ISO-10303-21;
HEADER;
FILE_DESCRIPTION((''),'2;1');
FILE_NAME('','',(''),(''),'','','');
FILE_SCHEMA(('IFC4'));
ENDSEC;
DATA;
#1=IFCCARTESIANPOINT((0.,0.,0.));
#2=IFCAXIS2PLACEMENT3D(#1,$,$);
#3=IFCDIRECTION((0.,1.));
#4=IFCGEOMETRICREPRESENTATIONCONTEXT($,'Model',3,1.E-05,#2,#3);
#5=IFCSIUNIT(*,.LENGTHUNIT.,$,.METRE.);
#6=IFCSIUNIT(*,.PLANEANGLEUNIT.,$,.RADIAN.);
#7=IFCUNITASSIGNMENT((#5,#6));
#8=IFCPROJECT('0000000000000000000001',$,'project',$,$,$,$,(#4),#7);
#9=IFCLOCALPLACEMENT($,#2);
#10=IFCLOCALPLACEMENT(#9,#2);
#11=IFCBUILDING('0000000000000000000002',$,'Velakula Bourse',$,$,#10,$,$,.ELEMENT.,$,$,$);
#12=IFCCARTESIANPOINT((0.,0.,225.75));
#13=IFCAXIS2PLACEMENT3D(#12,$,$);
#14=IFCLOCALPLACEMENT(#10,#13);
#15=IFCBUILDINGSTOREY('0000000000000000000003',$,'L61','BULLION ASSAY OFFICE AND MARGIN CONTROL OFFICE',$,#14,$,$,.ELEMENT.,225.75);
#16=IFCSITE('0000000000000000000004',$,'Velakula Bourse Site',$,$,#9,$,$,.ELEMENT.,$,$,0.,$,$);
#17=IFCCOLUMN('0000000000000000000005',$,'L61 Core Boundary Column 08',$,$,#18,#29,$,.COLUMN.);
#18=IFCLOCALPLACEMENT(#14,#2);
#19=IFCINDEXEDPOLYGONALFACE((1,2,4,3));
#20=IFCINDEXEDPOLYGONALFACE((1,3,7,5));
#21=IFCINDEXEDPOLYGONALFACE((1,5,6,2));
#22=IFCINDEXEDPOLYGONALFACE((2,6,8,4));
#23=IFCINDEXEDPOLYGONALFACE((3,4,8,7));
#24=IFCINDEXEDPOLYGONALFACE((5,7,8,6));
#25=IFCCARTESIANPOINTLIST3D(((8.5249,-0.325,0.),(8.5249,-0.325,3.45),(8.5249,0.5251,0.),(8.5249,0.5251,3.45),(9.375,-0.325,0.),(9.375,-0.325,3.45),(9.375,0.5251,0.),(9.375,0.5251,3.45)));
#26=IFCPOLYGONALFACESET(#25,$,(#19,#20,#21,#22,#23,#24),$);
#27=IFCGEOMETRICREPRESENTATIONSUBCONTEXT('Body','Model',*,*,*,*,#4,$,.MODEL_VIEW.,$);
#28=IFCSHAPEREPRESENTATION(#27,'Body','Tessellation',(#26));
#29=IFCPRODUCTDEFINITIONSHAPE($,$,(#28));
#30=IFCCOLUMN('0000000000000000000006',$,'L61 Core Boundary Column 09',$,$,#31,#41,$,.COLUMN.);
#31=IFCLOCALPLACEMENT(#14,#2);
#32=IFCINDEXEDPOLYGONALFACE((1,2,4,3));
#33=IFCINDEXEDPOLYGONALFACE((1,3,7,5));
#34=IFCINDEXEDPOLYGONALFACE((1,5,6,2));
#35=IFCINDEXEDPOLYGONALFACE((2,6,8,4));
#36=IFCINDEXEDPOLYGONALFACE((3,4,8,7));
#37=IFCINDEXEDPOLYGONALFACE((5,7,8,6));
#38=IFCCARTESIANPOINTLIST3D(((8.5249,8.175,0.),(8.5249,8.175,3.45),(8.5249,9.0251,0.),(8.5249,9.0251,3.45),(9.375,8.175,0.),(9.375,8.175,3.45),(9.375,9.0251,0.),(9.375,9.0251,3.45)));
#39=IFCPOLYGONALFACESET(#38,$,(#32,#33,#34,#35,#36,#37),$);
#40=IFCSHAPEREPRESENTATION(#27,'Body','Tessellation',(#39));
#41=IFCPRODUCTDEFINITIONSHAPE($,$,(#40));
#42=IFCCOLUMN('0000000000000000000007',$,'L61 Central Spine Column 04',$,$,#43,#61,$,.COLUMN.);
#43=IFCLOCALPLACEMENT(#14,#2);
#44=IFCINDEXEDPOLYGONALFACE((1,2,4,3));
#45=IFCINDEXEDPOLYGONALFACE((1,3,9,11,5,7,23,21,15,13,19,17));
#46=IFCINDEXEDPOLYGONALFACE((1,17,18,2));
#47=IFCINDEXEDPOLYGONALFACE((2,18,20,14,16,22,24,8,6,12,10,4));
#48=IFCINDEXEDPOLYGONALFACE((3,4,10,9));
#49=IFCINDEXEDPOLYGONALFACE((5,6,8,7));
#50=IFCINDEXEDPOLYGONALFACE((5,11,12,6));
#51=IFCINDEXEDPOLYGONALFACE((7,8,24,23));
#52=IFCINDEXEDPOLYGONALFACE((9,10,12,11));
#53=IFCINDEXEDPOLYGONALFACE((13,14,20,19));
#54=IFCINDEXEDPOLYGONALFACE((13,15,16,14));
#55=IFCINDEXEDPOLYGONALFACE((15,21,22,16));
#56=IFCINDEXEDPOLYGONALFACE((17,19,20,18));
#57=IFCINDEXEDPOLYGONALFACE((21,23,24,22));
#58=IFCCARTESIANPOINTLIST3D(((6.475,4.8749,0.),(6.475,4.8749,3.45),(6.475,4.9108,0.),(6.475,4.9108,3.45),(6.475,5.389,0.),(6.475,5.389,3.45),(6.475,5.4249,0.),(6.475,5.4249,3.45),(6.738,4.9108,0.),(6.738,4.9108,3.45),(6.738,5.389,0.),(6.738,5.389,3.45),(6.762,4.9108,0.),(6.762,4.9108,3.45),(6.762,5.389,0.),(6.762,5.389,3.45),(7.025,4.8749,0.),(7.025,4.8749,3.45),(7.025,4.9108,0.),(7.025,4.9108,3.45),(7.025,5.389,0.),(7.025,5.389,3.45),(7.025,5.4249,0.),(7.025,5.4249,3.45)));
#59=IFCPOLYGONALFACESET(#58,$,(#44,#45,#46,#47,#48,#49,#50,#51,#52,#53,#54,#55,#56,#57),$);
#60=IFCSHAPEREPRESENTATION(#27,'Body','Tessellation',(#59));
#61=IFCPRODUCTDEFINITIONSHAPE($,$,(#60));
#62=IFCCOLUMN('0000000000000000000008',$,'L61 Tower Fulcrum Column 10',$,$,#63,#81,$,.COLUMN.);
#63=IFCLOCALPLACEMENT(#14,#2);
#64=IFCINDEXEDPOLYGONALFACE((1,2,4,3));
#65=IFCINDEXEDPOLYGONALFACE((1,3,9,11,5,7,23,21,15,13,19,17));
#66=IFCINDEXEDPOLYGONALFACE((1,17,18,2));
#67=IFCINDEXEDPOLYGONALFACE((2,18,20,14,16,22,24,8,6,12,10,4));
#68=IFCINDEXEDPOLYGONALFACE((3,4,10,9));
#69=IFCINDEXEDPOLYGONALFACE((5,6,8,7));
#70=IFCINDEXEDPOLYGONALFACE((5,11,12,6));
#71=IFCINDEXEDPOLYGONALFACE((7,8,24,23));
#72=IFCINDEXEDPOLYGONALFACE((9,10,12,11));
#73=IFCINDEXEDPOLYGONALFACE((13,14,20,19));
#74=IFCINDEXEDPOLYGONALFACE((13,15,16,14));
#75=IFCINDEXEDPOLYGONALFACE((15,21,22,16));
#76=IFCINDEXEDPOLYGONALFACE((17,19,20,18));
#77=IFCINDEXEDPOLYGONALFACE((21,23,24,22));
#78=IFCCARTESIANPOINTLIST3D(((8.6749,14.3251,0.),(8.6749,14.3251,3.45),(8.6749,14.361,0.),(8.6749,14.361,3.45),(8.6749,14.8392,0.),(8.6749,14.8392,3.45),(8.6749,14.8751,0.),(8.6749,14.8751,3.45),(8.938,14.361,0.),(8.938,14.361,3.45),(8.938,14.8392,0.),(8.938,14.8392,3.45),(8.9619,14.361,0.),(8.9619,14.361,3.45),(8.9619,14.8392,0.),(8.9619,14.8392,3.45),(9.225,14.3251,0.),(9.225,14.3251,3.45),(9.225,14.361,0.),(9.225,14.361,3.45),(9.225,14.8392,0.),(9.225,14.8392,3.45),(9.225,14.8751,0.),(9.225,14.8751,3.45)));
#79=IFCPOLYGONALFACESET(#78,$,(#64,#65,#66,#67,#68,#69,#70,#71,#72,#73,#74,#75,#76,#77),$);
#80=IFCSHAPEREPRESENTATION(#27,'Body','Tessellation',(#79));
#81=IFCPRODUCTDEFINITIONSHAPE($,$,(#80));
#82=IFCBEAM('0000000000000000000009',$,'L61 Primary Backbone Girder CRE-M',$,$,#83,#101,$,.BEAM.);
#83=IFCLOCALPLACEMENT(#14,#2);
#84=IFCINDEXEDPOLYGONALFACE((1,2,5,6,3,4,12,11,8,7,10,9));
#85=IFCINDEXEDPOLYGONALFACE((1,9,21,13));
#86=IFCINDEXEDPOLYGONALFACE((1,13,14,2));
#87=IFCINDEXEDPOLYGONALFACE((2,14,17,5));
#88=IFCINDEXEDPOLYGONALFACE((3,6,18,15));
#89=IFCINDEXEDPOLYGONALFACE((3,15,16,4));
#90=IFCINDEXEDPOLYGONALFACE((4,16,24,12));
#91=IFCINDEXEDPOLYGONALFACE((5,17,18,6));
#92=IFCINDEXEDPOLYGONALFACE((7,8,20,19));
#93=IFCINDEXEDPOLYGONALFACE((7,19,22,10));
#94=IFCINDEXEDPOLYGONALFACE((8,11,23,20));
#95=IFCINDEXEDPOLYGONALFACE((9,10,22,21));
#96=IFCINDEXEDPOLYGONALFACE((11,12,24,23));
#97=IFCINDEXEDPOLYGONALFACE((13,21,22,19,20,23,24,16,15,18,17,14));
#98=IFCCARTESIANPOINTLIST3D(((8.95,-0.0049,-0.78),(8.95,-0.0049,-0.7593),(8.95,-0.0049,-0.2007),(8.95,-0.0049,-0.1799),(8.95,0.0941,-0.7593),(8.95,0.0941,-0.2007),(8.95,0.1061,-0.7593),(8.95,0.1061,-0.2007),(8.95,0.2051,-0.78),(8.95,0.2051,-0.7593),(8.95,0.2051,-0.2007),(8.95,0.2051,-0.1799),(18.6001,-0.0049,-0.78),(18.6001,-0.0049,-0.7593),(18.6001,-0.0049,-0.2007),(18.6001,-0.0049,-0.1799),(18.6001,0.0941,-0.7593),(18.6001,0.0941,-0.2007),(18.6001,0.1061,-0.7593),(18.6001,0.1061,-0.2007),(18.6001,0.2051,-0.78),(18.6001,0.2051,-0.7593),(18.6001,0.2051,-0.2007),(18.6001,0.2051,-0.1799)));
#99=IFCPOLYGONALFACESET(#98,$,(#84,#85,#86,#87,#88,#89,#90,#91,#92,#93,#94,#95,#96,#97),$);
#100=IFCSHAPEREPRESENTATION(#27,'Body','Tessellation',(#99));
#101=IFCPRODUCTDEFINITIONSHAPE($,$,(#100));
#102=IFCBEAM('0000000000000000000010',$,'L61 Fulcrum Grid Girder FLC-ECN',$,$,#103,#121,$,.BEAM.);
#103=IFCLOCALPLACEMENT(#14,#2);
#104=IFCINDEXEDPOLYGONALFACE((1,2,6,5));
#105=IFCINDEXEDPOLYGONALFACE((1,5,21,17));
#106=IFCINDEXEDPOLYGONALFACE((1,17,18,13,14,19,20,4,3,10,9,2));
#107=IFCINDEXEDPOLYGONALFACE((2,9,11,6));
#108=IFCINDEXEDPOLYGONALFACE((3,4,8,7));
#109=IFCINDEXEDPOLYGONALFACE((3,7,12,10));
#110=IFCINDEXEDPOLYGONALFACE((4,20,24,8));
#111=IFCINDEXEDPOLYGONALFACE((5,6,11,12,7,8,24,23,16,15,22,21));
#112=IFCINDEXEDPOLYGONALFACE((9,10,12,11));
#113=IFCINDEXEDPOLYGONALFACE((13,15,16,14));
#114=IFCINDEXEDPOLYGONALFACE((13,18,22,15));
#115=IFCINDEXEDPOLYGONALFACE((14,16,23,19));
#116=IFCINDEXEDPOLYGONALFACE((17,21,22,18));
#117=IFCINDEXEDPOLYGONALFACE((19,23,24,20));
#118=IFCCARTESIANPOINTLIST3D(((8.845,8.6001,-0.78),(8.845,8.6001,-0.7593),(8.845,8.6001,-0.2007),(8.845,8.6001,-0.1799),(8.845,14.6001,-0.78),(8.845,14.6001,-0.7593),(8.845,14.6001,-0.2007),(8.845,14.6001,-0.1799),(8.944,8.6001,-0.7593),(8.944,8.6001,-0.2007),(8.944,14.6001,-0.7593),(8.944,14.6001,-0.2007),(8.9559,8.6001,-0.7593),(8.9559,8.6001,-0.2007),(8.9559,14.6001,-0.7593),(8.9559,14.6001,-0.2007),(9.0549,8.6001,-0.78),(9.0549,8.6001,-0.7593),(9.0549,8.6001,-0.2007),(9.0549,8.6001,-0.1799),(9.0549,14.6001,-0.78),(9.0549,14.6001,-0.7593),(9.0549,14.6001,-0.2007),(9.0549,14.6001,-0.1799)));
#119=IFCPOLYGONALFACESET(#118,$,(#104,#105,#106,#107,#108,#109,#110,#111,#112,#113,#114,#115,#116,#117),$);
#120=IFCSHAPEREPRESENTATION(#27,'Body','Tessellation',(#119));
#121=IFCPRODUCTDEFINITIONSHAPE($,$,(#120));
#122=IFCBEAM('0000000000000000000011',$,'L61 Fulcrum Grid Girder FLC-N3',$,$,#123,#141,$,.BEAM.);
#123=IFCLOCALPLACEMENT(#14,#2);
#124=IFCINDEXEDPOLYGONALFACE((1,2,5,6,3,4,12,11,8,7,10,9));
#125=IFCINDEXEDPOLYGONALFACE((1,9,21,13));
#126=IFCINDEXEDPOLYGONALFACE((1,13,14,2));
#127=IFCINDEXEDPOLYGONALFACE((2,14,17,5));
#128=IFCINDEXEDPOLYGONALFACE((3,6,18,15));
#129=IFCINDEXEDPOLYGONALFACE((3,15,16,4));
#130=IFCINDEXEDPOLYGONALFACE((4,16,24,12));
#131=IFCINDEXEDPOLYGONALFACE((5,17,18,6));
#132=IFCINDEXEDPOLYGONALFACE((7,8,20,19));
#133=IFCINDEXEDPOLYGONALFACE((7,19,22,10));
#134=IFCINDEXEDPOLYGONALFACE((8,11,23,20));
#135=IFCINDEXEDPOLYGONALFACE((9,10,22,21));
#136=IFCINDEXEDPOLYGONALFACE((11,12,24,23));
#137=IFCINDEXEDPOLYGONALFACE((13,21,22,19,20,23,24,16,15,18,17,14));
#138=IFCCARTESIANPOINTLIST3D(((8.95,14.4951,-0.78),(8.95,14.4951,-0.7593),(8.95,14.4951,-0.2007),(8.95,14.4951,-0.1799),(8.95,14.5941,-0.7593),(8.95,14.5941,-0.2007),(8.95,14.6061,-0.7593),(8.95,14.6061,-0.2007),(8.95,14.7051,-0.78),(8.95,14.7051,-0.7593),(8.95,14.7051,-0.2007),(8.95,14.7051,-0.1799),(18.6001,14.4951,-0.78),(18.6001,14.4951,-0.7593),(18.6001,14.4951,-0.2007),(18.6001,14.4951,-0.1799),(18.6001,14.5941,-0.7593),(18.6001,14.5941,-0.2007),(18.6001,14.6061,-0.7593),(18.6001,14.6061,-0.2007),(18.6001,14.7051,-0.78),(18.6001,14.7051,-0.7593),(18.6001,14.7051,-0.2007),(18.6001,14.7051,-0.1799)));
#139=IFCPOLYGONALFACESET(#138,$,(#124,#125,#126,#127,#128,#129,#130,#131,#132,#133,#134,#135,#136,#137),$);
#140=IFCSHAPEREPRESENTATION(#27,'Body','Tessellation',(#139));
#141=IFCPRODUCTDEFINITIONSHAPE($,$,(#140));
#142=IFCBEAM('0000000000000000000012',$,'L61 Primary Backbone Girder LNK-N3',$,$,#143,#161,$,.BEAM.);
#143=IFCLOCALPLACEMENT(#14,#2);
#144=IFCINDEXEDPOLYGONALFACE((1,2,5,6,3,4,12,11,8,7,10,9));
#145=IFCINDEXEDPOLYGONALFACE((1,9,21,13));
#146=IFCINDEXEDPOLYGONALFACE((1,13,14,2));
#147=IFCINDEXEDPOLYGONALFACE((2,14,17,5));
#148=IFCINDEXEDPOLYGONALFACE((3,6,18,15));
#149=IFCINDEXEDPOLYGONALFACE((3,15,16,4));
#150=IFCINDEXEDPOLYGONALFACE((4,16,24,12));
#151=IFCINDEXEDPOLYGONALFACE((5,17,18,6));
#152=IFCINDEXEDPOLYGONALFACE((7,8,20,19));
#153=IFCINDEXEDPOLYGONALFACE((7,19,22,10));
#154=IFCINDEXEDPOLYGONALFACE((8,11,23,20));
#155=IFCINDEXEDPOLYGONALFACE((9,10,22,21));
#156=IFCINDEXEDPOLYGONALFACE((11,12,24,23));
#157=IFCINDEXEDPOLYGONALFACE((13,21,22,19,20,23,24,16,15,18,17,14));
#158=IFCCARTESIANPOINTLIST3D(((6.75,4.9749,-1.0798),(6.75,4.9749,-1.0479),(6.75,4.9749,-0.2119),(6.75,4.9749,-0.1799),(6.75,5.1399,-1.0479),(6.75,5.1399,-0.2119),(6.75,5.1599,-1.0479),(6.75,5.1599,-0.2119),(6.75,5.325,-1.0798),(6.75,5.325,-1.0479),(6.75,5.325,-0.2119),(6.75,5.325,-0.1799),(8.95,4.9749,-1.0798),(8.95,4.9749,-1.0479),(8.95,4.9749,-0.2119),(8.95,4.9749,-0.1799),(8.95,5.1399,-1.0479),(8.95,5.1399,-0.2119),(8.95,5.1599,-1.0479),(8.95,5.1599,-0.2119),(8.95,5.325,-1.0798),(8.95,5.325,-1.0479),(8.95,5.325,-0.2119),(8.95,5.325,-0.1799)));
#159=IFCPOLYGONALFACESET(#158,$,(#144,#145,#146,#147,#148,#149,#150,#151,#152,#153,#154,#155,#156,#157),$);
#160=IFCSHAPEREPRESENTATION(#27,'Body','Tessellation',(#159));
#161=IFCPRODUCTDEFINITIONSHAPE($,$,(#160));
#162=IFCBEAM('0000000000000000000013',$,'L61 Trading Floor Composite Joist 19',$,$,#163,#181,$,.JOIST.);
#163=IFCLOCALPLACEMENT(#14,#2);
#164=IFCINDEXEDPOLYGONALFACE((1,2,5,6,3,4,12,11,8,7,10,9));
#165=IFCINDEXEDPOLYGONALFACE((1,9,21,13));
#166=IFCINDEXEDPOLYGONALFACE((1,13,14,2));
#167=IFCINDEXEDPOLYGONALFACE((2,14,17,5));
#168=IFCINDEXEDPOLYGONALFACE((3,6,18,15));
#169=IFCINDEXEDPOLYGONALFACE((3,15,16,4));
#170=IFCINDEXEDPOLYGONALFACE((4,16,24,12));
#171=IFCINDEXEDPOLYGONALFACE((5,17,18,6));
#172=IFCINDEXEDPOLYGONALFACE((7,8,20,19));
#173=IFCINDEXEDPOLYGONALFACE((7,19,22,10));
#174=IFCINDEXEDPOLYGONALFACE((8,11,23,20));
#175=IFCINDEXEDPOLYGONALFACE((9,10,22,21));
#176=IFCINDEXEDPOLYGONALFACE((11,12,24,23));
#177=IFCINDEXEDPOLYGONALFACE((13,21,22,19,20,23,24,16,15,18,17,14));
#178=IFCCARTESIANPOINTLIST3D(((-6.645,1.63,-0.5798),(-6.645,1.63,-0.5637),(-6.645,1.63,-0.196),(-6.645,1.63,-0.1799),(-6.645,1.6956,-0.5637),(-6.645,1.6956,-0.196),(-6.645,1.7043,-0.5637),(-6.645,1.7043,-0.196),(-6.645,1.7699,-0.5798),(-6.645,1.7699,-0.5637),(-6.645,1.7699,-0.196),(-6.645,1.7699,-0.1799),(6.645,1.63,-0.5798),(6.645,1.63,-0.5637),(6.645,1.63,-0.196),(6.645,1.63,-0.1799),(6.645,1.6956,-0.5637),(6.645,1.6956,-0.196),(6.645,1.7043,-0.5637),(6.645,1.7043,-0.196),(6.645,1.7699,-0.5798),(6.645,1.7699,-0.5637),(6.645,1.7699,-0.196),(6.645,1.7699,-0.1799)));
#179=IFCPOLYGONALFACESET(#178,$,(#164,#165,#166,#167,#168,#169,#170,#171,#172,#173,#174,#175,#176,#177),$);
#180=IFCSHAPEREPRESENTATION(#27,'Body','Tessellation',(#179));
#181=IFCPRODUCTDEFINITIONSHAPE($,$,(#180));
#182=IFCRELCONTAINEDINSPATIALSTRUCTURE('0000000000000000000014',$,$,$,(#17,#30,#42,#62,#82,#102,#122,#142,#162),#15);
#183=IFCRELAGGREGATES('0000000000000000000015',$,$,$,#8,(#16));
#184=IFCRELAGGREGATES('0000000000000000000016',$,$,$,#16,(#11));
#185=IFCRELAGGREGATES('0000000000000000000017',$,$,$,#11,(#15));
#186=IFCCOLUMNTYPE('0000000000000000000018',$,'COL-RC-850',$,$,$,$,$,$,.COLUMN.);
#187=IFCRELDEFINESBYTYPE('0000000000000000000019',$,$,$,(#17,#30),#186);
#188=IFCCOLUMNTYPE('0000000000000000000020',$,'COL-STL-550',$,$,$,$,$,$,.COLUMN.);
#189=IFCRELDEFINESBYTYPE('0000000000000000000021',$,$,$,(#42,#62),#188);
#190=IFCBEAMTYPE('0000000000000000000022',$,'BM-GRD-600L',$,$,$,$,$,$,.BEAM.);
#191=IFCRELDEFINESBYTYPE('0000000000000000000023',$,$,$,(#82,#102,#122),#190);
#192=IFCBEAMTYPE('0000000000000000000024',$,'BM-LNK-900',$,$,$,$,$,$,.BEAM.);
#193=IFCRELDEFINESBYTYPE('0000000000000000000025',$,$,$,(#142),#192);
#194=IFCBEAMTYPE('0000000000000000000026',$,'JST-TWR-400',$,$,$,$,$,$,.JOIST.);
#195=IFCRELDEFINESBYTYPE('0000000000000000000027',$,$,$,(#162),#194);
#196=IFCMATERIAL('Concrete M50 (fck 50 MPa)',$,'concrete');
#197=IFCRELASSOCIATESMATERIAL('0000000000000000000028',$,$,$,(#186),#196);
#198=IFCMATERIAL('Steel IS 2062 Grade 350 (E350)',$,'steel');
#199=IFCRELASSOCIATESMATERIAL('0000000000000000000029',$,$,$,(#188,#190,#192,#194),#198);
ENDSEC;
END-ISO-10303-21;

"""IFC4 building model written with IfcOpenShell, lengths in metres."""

from ifc_helpers import new_model, si_unit, direction, frame, origin, origin_2d, place, context, subcontext, project, spatial, rectangle, i_section, extrude, material, material_profile, profile_set, type_object, element, save


model = new_model("IFC4")

# Units and contexts
model_context = context("Model", 3, precision=1e-05, world=origin(), true_north=direction((0.0, 1.0)))
body_context = subcontext(model_context, "Body", "Model", "MODEL_VIEW")
ifc_project = project(units=[si_unit("LENGTHUNIT", "METRE"), si_unit("PLANEANGLEUNIT", "RADIAN")], contexts=[model_context])

# Site, building, storey
site_placement = place(None, origin())
site = spatial("IfcSite", under=ifc_project, at=site_placement, Name="Velakula Bourse Site", CompositionType="ELEMENT", RefElevation=0.0)
building_placement = place(site_placement, origin())
building = spatial("IfcBuilding", under=site, at=building_placement, Name="Velakula Bourse", CompositionType="ELEMENT")
storey_placement = place(building_placement, frame((0.0, 0.0, 225.75)))
storey = spatial("IfcBuildingStorey", under=building, at=storey_placement, Name="L61", Description="BULLION ASSAY OFFICE AND MARGIN CONTROL OFFICE", CompositionType="ELEMENT", Elevation=225.75)

# Columns
ifc_material_1 = material(Name="Concrete M50 (fck 50 MPa)", Category="concrete")
ifc_material_profile_1 = material_profile(ifc_material_1, rectangle(XDim=0.8501, YDim=0.8501, at=origin_2d()), Name="Concrete M50 (fck 50 MPa)")
ifc_profile_set_1 = profile_set([ifc_material_profile_1], Name="Concrete M50 (fck 50 MPa)")
column_type_1 = type_object("IfcColumnType", Name="COL-RC-850", PredefinedType="COLUMN", material=ifc_profile_set_1)
for number, where, z_axis, x_axis, name in (
    (1, (8.95, 0.1001, 0.0), (0.0, 0.0, 1.0), (1.0, 0.0, 0.0), "L61 Core Boundary Column 08"),
    (2, (8.95, 8.6001, 0.0), (0.0, 0.0, 1.0), (1.0, 0.0, 0.0), "L61 Core Boundary Column 09"),
):
    element("IfcColumn", number, at=place(storey_placement, frame(where, z_axis=z_axis, x_axis=x_axis)), inside=storey, type_object=column_type_1, Name=name, PredefinedType="COLUMN", context=body_context, shape_type="SweptSolid", body=[
        extrude(rectangle(XDim=0.8501, YDim=0.8501, at=origin_2d()), origin(), (0.0, 0.0, 1.0), 3.45),
    ])
ifc_material_2 = material(Name="Steel IS 2062 Grade 350 (E350)", Category="steel")
ifc_material_profile_2 = material_profile(ifc_material_2, i_section(OverallWidth=0.55, OverallDepth=0.55, WebThickness=0.0239, FlangeThickness=0.0359, at=origin_2d()), Name="Steel IS 2062 Grade 350 (E350)")
ifc_profile_set_2 = profile_set([ifc_material_profile_2], Name="Steel IS 2062 Grade 350 (E350)")
column_type_2 = type_object("IfcColumnType", Name="COL-STL-550", PredefinedType="COLUMN", material=ifc_profile_set_2)
for number, where, z_axis, x_axis, name in (
    (3, (6.75, 5.1499, 0.0), (0.0, 0.0, 1.0), (1.0, 0.0, 0.0), "L61 Central Spine Column 04"),
    (4, (8.95, 14.6001, 0.0), (0.0, 0.0, 1.0), (1.0, 0.0, 0.0), "L61 Tower Fulcrum Column 10"),
):
    element("IfcColumn", number, at=place(storey_placement, frame(where, z_axis=z_axis, x_axis=x_axis)), inside=storey, type_object=column_type_2, Name=name, PredefinedType="COLUMN", context=body_context, shape_type="SweptSolid", body=[
        extrude(i_section(OverallWidth=0.55, OverallDepth=0.55, WebThickness=0.0239, FlangeThickness=0.0359, at=origin_2d()), origin(), (0.0, 0.0, 1.0), 3.45),
    ])

# Beams
ifc_material_profile_3 = material_profile(ifc_material_2, i_section(OverallWidth=0.21, OverallDepth=0.6001, WebThickness=0.012, FlangeThickness=0.0208, at=origin_2d()), Name="Steel IS 2062 Grade 350 (E350)")
ifc_profile_set_3 = profile_set([ifc_material_profile_3], Name="Steel IS 2062 Grade 350 (E350)")
beam_type_1 = type_object("IfcBeamType", Name="BM-GRD-600L", PredefinedType="BEAM", material=ifc_profile_set_3)
beam_1_placement = place(storey_placement, frame((8.95, 0.1001, -0.48), z_axis=(1.0, 0.0, 0.0), x_axis=(0.0, 1.0, 0.0)))
element("IfcBeam", 5, at=beam_1_placement, inside=storey, type_object=beam_type_1, Name="L61 Primary Backbone Girder CRE-M", PredefinedType="BEAM", context=body_context, shape_type="SweptSolid", body=[
    extrude(i_section(OverallWidth=0.21, OverallDepth=0.6001, WebThickness=0.012, FlangeThickness=0.0208, at=origin_2d()), origin(), (0.0, 0.0, 1.0), 9.6501),
])
beam_2_placement = place(storey_placement, frame((8.95, 8.6001, -0.48), z_axis=(0.0, 1.0, 0.0), x_axis=(-1.0, 0.0, 0.0)))
element("IfcBeam", 6, at=beam_2_placement, inside=storey, type_object=beam_type_1, Name="L61 Fulcrum Grid Girder FLC-ECN", PredefinedType="BEAM", context=body_context, shape_type="SweptSolid", body=[
    extrude(i_section(OverallWidth=0.21, OverallDepth=0.6001, WebThickness=0.012, FlangeThickness=0.0208, at=origin_2d()), origin(), (0.0, 0.0, 1.0), 6.0),
])
beam_3_placement = place(storey_placement, frame((8.95, 14.6001, -0.48), z_axis=(1.0, 0.0, 0.0), x_axis=(0.0, 1.0, 0.0)))
element("IfcBeam", 7, at=beam_3_placement, inside=storey, type_object=beam_type_1, Name="L61 Fulcrum Grid Girder FLC-N3", PredefinedType="BEAM", context=body_context, shape_type="SweptSolid", body=[
    extrude(i_section(OverallWidth=0.21, OverallDepth=0.6001, WebThickness=0.012, FlangeThickness=0.0208, at=origin_2d()), origin(), (0.0, 0.0, 1.0), 9.6501),
])
ifc_material_profile_4 = material_profile(ifc_material_2, i_section(OverallWidth=0.3501, OverallDepth=0.8999, WebThickness=0.02, FlangeThickness=0.032, at=origin_2d()), Name="Steel IS 2062 Grade 350 (E350)")
ifc_profile_set_4 = profile_set([ifc_material_profile_4], Name="Steel IS 2062 Grade 350 (E350)")
beam_type_2 = type_object("IfcBeamType", Name="BM-LNK-900", PredefinedType="BEAM", material=ifc_profile_set_4)
beam_4_placement = place(storey_placement, frame((6.75, 5.1499, -0.6299), z_axis=(1.0, 0.0, 0.0), x_axis=(0.0, 1.0, 0.0)))
element("IfcBeam", 8, at=beam_4_placement, inside=storey, type_object=beam_type_2, Name="L61 Primary Backbone Girder LNK-N3", PredefinedType="BEAM", context=body_context, shape_type="SweptSolid", body=[
    extrude(i_section(OverallWidth=0.3501, OverallDepth=0.8999, WebThickness=0.02, FlangeThickness=0.032, at=origin_2d()), origin(), (0.0, 0.0, 1.0), 2.2),
])
ifc_material_profile_5 = material_profile(ifc_material_2, i_section(OverallWidth=0.1399, OverallDepth=0.3999, WebThickness=0.0088, FlangeThickness=0.0161, at=origin_2d()), Name="Steel IS 2062 Grade 350 (E350)")
ifc_profile_set_5 = profile_set([ifc_material_profile_5], Name="Steel IS 2062 Grade 350 (E350)")
beam_type_3 = type_object("IfcBeamType", Name="JST-TWR-400", PredefinedType="JOIST", material=ifc_profile_set_5)
beam_5_placement = place(storey_placement, frame((-6.645, 1.7, -0.3799), z_axis=(1.0, 0.0, 0.0), x_axis=(0.0, 1.0, 0.0)))
element("IfcBeam", 9, at=beam_5_placement, inside=storey, type_object=beam_type_3, Name="L61 Trading Floor Composite Joist 19", PredefinedType="JOIST", context=body_context, shape_type="SweptSolid", body=[
    extrude(i_section(OverallWidth=0.1399, OverallDepth=0.3999, WebThickness=0.0088, FlangeThickness=0.0161, at=origin_2d()), origin(), (0.0, 0.0, 1.0), 13.29),
])

save(model, "model.ifc")
